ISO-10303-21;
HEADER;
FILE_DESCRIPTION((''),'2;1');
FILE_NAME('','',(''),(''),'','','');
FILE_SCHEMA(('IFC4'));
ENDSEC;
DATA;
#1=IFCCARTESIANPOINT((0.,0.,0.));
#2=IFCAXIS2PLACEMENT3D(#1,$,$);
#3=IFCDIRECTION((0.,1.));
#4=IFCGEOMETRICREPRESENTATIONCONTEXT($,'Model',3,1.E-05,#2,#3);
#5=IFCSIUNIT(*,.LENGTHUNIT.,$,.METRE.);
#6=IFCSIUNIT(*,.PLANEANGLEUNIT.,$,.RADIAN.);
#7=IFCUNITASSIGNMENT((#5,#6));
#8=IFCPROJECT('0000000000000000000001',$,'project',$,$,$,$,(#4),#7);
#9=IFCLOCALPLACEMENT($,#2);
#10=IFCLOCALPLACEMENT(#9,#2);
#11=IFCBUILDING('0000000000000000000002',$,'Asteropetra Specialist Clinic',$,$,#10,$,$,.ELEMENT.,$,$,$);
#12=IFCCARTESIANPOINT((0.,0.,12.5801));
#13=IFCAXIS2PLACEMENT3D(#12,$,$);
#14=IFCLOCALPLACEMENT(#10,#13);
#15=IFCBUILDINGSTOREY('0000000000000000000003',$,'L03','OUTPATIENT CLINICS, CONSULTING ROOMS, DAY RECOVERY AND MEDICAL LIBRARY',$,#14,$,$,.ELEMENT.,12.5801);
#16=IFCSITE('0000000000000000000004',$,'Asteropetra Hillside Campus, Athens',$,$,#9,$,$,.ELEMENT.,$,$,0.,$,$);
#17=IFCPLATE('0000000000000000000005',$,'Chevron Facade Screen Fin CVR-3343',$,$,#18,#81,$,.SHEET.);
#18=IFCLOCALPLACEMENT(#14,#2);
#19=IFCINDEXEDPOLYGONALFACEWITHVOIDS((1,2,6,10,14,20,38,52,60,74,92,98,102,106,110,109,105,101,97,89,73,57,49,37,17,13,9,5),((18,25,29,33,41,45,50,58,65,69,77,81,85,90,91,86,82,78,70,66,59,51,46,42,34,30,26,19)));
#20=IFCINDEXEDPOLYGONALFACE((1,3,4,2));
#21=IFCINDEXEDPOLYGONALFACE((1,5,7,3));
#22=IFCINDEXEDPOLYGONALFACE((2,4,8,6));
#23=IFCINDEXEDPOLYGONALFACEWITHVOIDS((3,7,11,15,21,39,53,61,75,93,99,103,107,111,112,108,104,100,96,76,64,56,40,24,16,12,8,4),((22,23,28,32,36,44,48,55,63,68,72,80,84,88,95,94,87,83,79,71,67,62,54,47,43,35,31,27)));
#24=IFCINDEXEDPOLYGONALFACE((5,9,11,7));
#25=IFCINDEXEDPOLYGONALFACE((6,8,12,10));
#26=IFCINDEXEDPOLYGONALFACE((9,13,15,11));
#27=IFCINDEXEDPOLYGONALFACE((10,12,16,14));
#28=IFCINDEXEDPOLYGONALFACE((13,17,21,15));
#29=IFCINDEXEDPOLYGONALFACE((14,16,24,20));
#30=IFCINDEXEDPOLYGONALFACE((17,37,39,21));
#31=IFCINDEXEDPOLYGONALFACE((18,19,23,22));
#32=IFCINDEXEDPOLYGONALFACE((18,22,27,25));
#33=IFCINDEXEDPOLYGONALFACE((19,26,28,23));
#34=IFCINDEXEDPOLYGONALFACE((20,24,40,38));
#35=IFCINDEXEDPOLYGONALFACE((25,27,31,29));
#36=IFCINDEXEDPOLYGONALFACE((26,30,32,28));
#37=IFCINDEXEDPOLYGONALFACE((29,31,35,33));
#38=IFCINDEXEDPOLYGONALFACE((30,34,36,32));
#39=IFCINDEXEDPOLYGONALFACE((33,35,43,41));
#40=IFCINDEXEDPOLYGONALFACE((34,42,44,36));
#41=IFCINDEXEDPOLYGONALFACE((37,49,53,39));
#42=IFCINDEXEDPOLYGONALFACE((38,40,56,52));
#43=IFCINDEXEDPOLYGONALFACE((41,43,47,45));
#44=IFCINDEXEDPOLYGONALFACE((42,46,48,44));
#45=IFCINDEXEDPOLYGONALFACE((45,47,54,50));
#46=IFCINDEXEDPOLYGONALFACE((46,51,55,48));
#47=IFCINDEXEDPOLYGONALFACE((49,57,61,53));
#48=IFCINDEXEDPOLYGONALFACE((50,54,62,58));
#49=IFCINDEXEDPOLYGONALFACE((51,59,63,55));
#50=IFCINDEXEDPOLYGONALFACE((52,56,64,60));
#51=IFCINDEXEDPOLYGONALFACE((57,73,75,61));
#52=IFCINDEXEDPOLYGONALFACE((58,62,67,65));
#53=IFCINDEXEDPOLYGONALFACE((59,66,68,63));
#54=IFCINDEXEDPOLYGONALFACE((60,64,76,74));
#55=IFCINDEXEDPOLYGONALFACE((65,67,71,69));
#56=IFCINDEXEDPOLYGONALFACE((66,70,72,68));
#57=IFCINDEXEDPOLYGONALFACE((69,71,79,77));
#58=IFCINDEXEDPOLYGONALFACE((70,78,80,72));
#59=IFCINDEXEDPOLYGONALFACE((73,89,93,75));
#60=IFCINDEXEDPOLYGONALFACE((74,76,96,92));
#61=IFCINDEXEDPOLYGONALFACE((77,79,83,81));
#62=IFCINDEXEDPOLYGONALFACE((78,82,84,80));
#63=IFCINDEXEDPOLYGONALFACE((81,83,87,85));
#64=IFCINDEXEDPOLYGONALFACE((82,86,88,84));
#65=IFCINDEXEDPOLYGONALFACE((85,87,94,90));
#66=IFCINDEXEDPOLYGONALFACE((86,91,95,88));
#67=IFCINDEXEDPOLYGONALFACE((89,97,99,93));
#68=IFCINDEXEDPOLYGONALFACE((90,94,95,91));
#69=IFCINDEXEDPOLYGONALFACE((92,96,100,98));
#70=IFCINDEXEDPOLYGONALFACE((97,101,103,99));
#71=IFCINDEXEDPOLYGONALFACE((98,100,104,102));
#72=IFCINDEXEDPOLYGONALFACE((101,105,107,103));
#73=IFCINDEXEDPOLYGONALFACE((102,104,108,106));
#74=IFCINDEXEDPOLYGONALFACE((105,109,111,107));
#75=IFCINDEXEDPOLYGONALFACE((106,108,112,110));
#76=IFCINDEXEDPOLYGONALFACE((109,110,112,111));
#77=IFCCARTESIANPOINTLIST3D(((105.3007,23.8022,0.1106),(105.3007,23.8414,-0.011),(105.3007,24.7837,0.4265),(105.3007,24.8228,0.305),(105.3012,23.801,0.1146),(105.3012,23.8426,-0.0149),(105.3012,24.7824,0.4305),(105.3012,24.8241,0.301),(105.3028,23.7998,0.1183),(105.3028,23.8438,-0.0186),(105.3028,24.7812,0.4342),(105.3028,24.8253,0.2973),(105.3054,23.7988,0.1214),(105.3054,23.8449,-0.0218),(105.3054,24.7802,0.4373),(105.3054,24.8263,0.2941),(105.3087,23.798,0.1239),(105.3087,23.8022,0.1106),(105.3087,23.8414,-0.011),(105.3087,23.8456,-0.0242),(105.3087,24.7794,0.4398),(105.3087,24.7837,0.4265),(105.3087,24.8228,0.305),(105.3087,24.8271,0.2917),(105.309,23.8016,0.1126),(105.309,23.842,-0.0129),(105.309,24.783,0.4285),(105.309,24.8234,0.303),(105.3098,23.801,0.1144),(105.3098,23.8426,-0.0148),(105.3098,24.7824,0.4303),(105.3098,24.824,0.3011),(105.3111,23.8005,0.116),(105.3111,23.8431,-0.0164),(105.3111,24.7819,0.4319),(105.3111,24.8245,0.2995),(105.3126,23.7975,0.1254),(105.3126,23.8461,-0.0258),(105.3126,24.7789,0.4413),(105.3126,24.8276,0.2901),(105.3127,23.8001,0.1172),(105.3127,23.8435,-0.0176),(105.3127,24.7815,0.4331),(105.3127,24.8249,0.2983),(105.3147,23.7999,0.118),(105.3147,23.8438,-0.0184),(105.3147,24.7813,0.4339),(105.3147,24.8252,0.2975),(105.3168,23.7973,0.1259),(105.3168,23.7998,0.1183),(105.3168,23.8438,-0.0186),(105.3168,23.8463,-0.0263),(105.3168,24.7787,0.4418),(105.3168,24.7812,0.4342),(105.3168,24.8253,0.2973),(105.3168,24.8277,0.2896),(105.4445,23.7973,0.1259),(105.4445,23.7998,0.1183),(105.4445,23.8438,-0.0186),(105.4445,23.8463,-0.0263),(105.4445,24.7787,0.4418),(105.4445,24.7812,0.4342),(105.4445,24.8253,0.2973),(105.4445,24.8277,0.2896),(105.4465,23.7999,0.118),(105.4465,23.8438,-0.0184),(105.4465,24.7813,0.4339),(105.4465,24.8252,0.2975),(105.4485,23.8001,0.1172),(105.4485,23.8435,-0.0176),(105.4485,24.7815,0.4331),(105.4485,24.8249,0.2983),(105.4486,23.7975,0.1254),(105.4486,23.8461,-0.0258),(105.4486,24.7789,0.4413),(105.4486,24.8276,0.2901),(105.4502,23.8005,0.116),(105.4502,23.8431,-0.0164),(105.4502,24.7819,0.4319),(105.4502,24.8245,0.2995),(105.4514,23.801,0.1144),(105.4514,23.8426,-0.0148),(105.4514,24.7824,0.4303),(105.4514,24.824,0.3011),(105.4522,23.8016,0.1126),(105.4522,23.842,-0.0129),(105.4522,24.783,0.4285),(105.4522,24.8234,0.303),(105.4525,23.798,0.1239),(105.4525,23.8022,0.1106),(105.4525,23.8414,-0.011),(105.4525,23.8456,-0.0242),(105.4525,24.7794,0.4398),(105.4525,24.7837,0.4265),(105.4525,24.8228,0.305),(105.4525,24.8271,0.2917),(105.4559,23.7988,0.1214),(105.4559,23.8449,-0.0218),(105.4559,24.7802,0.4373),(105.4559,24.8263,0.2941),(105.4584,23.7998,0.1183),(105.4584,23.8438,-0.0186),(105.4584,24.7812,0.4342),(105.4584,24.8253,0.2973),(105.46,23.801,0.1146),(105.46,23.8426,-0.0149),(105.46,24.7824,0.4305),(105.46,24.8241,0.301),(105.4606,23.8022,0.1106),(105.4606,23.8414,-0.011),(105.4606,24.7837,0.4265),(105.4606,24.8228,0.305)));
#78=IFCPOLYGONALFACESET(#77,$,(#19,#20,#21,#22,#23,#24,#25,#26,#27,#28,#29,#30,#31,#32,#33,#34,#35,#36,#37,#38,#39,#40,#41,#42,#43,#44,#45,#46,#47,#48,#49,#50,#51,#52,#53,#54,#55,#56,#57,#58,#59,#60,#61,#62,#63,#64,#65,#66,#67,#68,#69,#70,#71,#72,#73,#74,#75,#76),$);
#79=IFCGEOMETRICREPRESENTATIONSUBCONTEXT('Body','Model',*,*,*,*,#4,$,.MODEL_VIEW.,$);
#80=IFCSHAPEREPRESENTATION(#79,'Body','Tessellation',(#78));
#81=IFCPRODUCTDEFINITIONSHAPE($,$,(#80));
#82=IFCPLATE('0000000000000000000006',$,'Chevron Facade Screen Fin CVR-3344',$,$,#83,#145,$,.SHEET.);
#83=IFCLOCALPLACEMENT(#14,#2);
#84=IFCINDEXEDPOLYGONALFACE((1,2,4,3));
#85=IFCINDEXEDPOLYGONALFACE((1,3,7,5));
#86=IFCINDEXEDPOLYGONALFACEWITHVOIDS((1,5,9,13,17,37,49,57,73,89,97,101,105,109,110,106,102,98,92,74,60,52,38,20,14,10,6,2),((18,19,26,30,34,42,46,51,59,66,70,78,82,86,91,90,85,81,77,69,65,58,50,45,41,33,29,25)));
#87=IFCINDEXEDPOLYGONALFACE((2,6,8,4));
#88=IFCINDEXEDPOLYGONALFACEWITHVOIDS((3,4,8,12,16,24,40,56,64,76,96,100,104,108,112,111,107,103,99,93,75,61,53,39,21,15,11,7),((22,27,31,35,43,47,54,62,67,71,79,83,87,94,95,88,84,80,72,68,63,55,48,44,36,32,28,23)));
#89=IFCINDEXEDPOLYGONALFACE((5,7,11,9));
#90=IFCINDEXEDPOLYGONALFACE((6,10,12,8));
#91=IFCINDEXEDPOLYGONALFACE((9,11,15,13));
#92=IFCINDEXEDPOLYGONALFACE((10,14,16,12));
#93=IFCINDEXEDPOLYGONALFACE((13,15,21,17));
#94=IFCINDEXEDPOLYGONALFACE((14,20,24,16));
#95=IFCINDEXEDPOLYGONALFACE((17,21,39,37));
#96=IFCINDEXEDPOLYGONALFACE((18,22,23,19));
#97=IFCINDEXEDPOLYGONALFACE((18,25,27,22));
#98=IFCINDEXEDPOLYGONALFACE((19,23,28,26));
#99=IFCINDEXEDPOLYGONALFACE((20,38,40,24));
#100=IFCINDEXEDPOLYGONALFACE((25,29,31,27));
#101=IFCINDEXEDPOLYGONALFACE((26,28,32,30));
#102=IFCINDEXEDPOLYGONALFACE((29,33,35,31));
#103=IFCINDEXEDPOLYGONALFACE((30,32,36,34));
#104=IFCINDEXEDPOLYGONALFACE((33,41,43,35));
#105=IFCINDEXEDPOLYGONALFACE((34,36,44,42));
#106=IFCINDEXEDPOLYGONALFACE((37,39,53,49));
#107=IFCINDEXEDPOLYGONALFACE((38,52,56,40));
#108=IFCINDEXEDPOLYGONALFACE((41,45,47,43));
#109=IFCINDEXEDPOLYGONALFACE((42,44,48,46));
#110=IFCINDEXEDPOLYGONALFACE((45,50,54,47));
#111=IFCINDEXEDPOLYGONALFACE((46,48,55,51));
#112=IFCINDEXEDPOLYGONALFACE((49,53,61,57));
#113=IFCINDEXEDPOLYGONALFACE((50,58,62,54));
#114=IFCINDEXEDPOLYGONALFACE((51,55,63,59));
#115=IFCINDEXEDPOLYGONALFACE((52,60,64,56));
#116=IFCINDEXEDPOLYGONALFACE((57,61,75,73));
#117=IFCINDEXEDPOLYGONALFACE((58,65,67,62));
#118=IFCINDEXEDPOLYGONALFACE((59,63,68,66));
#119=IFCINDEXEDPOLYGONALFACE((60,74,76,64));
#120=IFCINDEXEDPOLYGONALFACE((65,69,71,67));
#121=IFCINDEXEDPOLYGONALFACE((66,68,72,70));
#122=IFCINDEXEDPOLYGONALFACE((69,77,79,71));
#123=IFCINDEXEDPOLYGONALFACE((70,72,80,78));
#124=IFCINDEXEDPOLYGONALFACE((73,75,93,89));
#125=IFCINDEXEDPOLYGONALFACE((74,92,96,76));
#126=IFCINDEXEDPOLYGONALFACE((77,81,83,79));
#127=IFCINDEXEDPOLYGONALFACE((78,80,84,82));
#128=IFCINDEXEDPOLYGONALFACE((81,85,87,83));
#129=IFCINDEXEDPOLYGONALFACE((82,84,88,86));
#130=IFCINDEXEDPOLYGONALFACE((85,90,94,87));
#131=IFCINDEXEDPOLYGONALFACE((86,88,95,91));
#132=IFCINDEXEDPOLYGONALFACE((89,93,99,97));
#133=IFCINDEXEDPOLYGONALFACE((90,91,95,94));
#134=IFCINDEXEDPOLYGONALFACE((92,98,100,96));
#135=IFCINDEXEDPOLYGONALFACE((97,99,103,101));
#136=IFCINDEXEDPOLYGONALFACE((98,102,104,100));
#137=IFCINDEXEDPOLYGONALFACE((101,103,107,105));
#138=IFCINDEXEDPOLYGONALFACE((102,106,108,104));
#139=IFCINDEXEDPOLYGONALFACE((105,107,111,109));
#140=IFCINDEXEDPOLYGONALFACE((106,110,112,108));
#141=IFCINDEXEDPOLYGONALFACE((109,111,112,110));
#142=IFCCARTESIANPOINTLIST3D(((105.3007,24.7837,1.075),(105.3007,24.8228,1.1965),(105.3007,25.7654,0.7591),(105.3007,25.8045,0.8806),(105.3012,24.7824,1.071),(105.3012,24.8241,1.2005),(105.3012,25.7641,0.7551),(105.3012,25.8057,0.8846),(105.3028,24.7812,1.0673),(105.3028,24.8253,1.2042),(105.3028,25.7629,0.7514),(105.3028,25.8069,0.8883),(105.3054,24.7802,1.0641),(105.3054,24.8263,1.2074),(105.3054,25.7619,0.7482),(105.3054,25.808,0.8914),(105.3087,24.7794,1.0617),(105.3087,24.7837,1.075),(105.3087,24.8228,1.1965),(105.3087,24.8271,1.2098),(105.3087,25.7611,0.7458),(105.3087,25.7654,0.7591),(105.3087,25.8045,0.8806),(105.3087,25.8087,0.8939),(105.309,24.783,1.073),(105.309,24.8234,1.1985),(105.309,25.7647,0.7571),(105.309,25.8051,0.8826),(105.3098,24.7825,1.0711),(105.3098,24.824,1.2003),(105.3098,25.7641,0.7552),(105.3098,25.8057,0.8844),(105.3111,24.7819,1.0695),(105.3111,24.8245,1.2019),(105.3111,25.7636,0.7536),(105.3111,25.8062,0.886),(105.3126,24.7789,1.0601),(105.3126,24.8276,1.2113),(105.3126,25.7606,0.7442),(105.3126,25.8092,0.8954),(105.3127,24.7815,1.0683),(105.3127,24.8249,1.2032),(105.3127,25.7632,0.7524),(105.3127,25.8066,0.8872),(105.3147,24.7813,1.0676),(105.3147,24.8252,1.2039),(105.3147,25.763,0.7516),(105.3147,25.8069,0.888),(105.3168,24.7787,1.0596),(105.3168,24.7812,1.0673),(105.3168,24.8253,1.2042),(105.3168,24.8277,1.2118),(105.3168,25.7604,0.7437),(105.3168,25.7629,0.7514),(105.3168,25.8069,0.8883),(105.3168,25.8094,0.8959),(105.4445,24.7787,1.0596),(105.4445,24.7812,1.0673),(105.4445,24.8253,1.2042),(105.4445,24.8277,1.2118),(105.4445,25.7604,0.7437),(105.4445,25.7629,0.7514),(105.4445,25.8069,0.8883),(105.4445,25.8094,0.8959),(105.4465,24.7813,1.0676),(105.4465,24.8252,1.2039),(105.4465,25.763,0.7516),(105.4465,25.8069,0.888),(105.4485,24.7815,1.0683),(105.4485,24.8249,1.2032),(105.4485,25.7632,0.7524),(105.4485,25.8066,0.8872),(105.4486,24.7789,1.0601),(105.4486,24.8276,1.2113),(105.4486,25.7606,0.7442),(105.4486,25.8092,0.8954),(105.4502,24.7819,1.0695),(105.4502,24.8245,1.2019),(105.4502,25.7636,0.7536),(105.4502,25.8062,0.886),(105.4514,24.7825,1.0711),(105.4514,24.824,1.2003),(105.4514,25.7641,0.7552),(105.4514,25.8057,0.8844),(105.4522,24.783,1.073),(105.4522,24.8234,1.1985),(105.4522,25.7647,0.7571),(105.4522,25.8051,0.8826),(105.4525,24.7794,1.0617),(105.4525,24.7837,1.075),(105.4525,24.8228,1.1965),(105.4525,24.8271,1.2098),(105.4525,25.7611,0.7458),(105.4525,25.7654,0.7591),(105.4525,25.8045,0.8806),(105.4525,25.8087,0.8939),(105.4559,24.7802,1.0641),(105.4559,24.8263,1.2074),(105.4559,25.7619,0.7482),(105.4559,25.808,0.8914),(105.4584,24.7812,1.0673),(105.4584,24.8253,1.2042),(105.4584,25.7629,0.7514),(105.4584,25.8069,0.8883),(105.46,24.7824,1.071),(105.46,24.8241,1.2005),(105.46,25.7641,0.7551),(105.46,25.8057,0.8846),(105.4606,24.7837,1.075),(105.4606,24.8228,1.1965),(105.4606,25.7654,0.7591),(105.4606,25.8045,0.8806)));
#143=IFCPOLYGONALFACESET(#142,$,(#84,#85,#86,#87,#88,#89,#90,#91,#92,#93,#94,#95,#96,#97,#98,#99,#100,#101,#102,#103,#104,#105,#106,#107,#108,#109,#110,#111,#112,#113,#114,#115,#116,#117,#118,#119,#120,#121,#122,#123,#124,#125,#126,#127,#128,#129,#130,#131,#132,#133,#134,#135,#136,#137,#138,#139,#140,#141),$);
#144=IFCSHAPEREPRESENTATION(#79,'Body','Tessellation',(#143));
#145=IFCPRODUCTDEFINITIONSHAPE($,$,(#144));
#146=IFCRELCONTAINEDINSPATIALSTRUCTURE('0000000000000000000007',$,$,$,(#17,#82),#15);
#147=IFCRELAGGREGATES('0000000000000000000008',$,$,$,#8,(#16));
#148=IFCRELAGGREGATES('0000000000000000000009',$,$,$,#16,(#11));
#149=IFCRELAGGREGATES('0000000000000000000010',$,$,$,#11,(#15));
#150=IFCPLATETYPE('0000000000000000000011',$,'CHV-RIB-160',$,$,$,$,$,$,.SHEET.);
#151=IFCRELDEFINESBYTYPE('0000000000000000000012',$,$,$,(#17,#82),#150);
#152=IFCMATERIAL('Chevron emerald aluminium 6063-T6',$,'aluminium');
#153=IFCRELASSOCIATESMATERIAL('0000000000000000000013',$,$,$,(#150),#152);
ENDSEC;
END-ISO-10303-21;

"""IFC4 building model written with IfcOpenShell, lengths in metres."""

from ifc_helpers import new_model, si_unit, direction, frame, origin, origin_2d, place, context, subcontext, project, spatial, hollow_rectangle, extrude, material, material_profile, profile_set, type_object, element, save


model = new_model("IFC4")

# Units and contexts
model_context = context("Model", 3, precision=1e-05, world=origin(), true_north=direction((0.0, 1.0)))
body_context = subcontext(model_context, "Body", "Model", "MODEL_VIEW")
ifc_project = project(units=[si_unit("LENGTHUNIT", "METRE"), si_unit("PLANEANGLEUNIT", "RADIAN")], contexts=[model_context])

# Site, building, storey
site_placement = place(None, origin())
site = spatial("IfcSite", under=ifc_project, at=site_placement, Name="Asteropetra Hillside Campus, Athens", CompositionType="ELEMENT", RefElevation=0.0)
building_placement = place(site_placement, origin())
building = spatial("IfcBuilding", under=site, at=building_placement, Name="Asteropetra Specialist Clinic", CompositionType="ELEMENT")
storey_placement = place(building_placement, frame((0.0, 0.0, 12.5801)))
storey = spatial("IfcBuildingStorey", under=building, at=storey_placement, Name="L03", Description="OUTPATIENT CLINICS, CONSULTING ROOMS, DAY RECOVERY AND MEDICAL LIBRARY", CompositionType="ELEMENT", Elevation=12.5801)

# Plates
ifc_material_1 = material(Name="Chevron emerald aluminium 6063-T6", Category="aluminium")
ifc_material_profile_1 = material_profile(ifc_material_1, hollow_rectangle(XDim=0.1599, YDim=0.1599, WallThickness=0.0081, InnerFilletRadius=0.0081, OuterFilletRadius=0.0161, at=origin_2d()), Name="SHS 160x160x8.0")
ifc_profile_set_1 = profile_set([ifc_material_profile_1], Name="Chevron emerald aluminium 6063-T6")
plate_type_1 = type_object("IfcPlateType", Name="CHV-RIB-160", PredefinedType="SHEET", material=ifc_profile_set_1)
plate_1_placement = place(storey_placement, frame((105.3806, 24.8032, 0.3657), z_axis=(0.0, -0.9519, -0.306408), x_axis=(1.0, 0.0, 0.0)))
element("IfcPlate", 1, at=plate_1_placement, inside=storey, type_object=plate_type_1, Name="Chevron Facade Screen Fin CVR-3343", PredefinedType="SHEET", context=body_context, shape_type="SweptSolid", body=[
    extrude(hollow_rectangle(XDim=0.1599, YDim=0.1599, WallThickness=0.0081, InnerFilletRadius=0.0081, OuterFilletRadius=0.0161, at=origin_2d()), origin(), (0.0, 0.0, 1.0), 1.031),
])
plate_2_placement = place(storey_placement, frame((105.3806, 25.7849, 0.8198), z_axis=(0.0, -0.951923, 0.306339), x_axis=(1.0, 0.0, 0.0)))
element("IfcPlate", 2, at=plate_2_placement, inside=storey, type_object=plate_type_1, Name="Chevron Facade Screen Fin CVR-3344", PredefinedType="SHEET", context=body_context, shape_type="SweptSolid", body=[
    extrude(hollow_rectangle(XDim=0.1599, YDim=0.1599, WallThickness=0.0081, InnerFilletRadius=0.0081, OuterFilletRadius=0.0161, at=origin_2d()), origin(), (0.0, 0.0, 1.0), 1.0312),
])

save(model, "model.ifc")
